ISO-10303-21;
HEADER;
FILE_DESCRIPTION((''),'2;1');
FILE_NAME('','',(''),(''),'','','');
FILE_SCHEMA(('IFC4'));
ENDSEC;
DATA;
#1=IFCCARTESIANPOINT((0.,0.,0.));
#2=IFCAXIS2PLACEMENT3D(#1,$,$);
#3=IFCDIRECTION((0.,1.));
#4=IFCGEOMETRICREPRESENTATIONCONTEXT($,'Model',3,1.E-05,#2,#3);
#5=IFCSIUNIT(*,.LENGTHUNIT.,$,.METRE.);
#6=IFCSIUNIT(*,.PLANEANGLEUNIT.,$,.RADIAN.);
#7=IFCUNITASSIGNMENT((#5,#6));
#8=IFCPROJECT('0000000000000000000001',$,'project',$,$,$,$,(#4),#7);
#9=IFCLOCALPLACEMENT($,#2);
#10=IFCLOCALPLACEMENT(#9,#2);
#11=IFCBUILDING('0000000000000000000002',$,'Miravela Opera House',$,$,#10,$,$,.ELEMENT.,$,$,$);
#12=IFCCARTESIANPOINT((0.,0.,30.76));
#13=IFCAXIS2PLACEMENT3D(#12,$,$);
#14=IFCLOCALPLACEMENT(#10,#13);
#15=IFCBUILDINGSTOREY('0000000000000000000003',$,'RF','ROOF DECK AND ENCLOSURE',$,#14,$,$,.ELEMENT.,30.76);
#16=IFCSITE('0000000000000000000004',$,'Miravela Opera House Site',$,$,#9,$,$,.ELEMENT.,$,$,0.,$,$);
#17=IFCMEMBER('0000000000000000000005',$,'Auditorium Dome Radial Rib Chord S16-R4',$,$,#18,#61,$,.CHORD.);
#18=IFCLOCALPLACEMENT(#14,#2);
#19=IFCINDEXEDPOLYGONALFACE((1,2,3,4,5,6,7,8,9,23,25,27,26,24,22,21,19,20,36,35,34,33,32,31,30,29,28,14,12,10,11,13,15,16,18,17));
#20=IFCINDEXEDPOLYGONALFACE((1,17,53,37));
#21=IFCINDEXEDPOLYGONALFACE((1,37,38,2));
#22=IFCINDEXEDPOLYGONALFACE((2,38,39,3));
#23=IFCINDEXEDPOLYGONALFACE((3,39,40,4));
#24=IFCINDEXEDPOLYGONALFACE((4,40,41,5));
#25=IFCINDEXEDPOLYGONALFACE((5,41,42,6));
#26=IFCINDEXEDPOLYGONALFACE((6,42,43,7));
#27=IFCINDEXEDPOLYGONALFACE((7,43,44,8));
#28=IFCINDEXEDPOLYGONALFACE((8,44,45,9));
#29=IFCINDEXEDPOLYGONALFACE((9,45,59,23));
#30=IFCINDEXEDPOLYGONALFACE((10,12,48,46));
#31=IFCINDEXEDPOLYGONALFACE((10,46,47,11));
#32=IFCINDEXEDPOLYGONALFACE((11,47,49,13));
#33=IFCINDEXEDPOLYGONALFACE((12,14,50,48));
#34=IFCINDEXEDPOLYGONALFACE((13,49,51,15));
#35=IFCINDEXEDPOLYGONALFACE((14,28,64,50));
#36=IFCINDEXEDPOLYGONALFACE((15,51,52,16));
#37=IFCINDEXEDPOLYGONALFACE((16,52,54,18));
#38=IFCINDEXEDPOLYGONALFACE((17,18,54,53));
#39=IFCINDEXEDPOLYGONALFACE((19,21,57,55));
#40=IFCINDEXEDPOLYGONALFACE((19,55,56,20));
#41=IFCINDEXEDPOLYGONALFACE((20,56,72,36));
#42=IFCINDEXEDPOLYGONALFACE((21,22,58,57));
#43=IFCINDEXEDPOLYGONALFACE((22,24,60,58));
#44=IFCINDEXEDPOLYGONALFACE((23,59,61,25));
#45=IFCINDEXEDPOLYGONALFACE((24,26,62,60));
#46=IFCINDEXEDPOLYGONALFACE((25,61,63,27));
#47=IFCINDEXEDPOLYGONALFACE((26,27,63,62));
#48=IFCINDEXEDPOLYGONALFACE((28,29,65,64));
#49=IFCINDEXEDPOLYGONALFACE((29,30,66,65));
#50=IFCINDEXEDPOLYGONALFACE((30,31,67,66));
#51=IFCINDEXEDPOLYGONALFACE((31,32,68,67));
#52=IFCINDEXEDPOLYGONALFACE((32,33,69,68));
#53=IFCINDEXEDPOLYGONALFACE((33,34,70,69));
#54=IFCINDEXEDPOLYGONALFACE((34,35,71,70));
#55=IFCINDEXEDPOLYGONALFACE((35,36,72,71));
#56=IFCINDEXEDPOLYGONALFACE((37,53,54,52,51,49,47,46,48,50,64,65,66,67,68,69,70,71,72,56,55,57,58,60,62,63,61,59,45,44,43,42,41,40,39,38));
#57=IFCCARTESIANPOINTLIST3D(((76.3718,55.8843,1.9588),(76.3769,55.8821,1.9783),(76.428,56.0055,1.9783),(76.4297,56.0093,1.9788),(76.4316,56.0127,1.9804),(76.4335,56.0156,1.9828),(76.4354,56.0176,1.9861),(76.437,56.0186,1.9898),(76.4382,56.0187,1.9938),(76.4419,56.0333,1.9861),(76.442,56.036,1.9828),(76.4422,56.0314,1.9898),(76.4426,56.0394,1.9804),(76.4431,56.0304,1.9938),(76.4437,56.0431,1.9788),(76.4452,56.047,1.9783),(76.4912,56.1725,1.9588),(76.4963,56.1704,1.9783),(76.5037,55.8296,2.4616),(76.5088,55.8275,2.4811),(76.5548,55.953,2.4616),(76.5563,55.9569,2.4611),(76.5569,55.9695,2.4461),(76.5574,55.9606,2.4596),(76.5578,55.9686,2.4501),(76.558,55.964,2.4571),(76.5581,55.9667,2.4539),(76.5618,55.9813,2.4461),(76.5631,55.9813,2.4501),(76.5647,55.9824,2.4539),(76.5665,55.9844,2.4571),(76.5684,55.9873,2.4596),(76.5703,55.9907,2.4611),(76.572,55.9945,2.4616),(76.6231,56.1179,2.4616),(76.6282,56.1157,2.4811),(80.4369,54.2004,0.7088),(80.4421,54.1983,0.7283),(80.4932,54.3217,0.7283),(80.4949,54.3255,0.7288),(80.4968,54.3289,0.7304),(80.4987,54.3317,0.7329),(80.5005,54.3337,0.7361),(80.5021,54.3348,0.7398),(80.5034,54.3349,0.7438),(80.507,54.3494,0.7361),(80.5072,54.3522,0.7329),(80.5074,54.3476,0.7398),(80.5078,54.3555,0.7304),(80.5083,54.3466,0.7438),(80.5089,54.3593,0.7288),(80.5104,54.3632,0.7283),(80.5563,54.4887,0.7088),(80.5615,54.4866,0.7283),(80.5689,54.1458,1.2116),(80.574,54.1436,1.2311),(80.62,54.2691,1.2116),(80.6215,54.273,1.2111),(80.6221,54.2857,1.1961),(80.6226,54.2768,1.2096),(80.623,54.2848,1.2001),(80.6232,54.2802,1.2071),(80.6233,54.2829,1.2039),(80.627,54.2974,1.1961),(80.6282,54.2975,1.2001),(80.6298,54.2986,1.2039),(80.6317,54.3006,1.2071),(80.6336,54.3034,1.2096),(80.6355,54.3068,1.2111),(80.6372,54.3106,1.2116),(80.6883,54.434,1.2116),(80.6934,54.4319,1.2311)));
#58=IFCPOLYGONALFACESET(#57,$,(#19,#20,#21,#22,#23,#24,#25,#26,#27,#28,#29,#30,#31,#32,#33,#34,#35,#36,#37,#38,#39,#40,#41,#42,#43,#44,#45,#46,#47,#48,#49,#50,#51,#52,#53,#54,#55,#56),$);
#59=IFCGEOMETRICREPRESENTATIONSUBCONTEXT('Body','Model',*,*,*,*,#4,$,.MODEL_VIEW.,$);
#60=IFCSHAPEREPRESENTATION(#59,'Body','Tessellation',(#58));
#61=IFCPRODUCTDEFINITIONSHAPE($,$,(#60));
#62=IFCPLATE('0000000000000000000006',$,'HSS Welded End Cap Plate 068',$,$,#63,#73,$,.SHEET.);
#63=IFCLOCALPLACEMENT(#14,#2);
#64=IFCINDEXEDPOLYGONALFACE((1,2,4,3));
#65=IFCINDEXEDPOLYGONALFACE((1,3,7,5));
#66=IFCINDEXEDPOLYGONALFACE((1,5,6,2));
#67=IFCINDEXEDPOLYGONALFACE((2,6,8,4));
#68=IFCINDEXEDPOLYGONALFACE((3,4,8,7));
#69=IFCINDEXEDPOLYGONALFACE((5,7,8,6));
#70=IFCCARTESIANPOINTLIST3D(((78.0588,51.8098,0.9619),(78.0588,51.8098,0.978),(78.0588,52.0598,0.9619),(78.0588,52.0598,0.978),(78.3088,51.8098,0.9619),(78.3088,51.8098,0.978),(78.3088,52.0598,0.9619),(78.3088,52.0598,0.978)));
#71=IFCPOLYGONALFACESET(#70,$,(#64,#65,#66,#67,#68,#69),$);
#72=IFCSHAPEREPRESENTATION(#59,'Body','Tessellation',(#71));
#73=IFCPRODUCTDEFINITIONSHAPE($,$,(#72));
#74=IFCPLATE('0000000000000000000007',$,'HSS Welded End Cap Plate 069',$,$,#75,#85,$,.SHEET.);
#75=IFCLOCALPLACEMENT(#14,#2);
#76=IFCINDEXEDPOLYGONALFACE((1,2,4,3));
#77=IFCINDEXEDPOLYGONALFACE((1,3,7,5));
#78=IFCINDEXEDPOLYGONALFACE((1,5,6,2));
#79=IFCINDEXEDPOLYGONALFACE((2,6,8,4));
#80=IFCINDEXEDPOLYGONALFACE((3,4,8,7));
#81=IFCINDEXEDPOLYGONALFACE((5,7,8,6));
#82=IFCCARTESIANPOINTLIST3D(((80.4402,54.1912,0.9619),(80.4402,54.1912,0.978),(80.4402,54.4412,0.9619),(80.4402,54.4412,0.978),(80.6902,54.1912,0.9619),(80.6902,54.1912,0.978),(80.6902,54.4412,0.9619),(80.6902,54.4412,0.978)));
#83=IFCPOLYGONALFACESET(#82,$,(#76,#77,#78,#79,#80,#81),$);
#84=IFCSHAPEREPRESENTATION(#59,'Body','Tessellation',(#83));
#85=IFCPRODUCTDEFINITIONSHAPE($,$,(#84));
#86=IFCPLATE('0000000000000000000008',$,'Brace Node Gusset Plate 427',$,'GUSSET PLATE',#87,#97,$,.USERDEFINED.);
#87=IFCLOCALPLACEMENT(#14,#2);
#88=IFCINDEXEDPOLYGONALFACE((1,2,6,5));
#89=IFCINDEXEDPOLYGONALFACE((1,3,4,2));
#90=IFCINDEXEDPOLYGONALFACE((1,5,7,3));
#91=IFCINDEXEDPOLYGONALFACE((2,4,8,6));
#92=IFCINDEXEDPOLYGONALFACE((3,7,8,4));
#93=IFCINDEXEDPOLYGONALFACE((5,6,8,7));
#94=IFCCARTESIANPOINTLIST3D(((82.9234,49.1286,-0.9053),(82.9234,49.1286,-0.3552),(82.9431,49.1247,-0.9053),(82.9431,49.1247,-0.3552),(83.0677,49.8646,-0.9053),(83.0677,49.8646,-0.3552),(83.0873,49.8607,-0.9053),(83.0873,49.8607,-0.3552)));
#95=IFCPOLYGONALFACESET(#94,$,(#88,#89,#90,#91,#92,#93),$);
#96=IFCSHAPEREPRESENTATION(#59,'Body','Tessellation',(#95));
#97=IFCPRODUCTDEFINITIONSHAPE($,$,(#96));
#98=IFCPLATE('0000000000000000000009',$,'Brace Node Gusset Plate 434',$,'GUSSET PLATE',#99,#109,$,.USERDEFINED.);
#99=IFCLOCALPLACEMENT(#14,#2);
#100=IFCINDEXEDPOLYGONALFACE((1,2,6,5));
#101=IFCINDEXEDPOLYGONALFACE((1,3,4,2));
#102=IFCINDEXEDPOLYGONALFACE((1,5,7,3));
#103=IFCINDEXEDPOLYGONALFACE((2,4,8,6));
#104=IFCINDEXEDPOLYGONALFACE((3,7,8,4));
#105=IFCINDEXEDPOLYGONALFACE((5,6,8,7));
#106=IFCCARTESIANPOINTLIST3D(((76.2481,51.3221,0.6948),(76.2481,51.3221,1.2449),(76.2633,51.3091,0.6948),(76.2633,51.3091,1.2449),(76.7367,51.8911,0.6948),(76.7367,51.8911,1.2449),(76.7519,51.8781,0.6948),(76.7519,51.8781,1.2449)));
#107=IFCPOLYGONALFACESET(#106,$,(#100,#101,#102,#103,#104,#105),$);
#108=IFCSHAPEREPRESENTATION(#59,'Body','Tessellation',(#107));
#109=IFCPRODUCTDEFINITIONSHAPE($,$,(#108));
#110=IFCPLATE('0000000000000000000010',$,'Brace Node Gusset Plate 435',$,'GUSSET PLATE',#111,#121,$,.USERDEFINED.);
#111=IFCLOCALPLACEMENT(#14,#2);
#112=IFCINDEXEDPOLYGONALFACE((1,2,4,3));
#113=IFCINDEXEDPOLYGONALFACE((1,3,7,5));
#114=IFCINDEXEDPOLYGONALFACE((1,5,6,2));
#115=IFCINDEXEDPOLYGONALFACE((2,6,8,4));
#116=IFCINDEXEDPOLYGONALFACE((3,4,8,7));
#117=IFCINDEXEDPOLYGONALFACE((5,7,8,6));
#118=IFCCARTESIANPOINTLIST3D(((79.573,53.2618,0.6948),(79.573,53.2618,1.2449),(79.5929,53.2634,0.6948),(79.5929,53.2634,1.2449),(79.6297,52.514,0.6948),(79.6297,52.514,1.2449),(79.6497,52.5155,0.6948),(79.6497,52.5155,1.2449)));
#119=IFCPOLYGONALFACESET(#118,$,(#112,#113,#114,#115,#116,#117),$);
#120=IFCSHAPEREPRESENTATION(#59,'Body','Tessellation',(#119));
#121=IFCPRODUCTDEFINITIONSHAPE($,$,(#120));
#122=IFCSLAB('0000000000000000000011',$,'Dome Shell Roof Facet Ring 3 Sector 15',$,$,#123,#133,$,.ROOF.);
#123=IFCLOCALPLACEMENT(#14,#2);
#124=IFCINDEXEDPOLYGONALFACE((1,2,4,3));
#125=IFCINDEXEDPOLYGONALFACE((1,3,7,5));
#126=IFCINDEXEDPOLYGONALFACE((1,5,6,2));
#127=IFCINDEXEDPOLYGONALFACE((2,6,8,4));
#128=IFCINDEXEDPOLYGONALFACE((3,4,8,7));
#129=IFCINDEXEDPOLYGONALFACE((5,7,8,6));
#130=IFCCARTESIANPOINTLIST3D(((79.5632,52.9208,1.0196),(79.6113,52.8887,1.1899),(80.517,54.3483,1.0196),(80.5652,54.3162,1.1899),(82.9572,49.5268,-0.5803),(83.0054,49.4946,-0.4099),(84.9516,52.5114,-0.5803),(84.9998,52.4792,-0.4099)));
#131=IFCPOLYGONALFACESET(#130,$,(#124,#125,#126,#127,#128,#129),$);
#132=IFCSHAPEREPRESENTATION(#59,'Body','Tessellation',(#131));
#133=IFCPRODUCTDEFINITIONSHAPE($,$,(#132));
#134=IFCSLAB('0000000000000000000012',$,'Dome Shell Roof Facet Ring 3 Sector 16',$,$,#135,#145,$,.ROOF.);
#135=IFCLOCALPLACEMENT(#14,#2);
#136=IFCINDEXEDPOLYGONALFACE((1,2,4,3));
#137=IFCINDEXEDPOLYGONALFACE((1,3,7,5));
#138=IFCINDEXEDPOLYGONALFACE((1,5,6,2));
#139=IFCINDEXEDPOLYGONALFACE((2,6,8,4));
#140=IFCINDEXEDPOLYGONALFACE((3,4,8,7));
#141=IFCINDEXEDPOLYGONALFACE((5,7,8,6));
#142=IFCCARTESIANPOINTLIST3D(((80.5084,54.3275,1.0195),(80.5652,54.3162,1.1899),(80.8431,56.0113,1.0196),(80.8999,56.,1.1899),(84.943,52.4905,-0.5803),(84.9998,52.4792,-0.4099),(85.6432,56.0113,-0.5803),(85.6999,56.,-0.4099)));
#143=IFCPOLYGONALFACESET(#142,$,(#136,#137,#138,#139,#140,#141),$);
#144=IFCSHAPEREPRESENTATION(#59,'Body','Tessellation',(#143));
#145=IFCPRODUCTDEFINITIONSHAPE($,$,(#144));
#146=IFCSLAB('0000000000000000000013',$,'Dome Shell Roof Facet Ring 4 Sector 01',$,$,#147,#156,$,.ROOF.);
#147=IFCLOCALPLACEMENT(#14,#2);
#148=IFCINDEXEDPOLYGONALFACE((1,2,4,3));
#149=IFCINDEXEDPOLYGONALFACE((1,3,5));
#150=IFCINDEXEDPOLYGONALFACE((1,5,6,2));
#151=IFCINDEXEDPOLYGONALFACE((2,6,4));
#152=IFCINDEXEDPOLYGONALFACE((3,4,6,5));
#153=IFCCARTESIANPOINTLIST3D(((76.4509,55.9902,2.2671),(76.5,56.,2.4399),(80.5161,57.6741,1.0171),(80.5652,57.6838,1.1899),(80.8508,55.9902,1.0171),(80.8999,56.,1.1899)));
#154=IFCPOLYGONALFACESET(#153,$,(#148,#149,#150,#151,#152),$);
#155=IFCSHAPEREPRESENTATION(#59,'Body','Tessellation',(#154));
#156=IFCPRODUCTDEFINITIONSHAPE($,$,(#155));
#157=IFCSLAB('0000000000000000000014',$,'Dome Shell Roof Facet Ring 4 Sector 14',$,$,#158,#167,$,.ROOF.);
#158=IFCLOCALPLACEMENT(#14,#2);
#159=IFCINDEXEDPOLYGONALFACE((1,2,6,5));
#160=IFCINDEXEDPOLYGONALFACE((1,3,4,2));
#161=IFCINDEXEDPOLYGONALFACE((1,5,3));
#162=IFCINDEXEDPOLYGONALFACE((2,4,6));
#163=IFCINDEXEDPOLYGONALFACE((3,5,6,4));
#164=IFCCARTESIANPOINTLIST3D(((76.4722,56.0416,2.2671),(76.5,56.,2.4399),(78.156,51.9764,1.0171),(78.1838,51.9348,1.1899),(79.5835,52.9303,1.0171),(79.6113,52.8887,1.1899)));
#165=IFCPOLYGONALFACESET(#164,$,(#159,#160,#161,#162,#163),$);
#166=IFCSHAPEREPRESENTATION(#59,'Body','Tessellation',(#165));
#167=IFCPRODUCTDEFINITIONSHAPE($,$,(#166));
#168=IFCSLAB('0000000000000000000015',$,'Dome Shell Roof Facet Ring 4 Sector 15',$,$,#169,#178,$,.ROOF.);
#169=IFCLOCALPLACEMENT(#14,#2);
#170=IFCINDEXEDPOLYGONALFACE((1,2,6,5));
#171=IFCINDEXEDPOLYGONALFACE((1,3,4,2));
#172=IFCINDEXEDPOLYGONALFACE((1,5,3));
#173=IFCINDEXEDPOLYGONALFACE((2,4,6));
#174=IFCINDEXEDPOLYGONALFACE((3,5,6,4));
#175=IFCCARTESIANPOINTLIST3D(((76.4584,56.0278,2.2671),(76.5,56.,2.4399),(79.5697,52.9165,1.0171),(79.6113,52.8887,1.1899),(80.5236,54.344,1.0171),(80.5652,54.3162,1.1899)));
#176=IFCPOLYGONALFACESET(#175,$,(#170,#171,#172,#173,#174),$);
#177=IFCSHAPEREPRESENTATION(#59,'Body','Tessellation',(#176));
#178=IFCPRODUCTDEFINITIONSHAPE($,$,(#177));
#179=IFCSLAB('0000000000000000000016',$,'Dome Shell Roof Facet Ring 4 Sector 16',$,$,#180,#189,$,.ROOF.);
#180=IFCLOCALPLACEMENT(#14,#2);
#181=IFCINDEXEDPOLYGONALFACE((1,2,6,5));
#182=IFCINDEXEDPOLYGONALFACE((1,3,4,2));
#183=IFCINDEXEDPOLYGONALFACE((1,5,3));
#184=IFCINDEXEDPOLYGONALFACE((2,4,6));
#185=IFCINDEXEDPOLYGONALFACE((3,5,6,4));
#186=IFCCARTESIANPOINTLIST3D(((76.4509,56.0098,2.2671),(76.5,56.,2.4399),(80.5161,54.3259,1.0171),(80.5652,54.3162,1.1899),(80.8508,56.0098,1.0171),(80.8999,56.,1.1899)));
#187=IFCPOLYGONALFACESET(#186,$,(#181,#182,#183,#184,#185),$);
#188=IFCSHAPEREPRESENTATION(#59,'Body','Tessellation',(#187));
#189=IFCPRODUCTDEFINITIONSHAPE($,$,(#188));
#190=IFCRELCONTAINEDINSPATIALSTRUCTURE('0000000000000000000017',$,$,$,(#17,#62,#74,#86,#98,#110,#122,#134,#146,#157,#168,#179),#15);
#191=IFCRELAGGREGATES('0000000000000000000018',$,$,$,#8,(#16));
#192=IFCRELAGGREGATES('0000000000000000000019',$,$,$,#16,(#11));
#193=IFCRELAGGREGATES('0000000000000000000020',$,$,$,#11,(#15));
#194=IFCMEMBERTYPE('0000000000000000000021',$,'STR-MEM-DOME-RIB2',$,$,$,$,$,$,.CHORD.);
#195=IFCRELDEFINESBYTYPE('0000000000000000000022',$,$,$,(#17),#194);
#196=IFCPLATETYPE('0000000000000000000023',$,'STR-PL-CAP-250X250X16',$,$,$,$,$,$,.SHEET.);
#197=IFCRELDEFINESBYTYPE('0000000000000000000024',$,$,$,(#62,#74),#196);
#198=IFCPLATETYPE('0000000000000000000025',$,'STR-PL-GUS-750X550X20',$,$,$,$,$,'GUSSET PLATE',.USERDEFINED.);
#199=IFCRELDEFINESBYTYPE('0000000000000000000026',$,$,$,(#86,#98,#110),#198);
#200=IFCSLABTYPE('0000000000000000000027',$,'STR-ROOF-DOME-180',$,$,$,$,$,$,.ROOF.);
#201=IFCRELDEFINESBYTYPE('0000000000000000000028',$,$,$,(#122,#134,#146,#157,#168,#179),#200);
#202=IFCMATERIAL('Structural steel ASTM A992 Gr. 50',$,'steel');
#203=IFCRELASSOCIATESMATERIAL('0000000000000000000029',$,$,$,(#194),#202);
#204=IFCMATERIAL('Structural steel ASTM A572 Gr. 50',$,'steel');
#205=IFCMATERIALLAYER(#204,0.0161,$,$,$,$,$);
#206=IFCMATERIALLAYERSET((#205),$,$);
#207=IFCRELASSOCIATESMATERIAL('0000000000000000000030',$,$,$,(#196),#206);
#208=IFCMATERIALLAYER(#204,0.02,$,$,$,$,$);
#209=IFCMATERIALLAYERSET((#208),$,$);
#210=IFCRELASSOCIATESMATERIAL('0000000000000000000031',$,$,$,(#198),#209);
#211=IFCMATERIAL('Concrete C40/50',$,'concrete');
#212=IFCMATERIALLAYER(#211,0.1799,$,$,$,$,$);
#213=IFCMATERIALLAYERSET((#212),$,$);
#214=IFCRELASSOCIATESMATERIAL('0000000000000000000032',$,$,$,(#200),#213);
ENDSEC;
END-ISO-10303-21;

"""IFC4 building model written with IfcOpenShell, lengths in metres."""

from ifc_helpers import new_model, si_unit, direction, frame, origin, origin_2d, place, context, subcontext, project, spatial, polyline, rectangle, i_section, outline, extrude, material, layer, layer_set, material_profile, profile_set, type_object, element, save


model = new_model("IFC4")

# Units and contexts
model_context = context("Model", 3, precision=1e-05, world=origin(), true_north=direction((0.0, 1.0)))
body_context = subcontext(model_context, "Body", "Model", "MODEL_VIEW")
ifc_project = project(units=[si_unit("LENGTHUNIT", "METRE"), si_unit("PLANEANGLEUNIT", "RADIAN")], contexts=[model_context])

# Site, building, storey
site_placement = place(None, origin())
site = spatial("IfcSite", under=ifc_project, at=site_placement, Name="Miravela Opera House Site", CompositionType="ELEMENT", RefElevation=0.0)
building_placement = place(site_placement, origin())
building = spatial("IfcBuilding", under=site, at=building_placement, Name="Miravela Opera House", CompositionType="ELEMENT")
storey_placement = place(building_placement, frame((0.0, 0.0, 30.76)))
storey = spatial("IfcBuildingStorey", under=building, at=storey_placement, Name="RF", Description="ROOF DECK AND ENCLOSURE", CompositionType="ELEMENT", Elevation=30.76)

# Shared definitions
ifc_material_1 = material(Name="Structural steel ASTM A992 Gr. 50", Category="steel")

# Member
ifc_material_profile_1 = material_profile(ifc_material_1, i_section(OverallWidth=0.312, OverallDepth=0.543, WebThickness=0.0127, FlangeThickness=0.0203, FilletRadius=0.0161, at=origin_2d()), Name="W530X150")
ifc_profile_set_1 = profile_set([ifc_material_profile_1])
member_type_1 = type_object("IfcMemberType", Name="STR-MEM-DOME-RIB2", PredefinedType="CHORD", material=ifc_profile_set_1)
for number, where, z_axis, x_axis, name in (
    (1, (80.5652, 54.3162, 0.97), (-0.888715, 0.368114, 0.27327), (-0.38268, -0.923881, 0.0), "Auditorium Dome Radial Rib Chord S16-R4"),
):
    element("IfcMember", number, at=place(storey_placement, frame(where, z_axis=z_axis, x_axis=x_axis)), inside=storey, type_object=member_type_1, Name=name, PredefinedType="CHORD", context=body_context, shape_type="SweptSolid", body=[
        extrude(i_section(OverallWidth=0.312, OverallDepth=0.543, WebThickness=0.0127, FlangeThickness=0.0203, FilletRadius=0.0161, at=origin_2d()), origin(), (0.0, 0.0, 1.0), 4.5742),
    ])

# Plates
ifc_material_2 = material(Name="Structural steel ASTM A572 Gr. 50", Category="steel")
ifc_layer_1 = layer(ifc_material_2, 0.0161)
ifc_layer_set_1 = layer_set([ifc_layer_1])
plate_type_1 = type_object("IfcPlateType", Name="STR-PL-CAP-250X250X16", PredefinedType="SHEET", material=ifc_layer_set_1)
for number, where, z_axis, x_axis, name in (
    (2, (78.1838, 51.9348, 0.9619), (0.0, 0.0, 1.0), (1.0, 0.0, 0.0), "HSS Welded End Cap Plate 068"),
    (3, (80.5652, 54.3162, 0.9619), (0.0, 0.0, 1.0), (1.0, 0.0, 0.0), "HSS Welded End Cap Plate 069"),
):
    element("IfcPlate", number, at=place(storey_placement, frame(where, z_axis=z_axis, x_axis=x_axis)), inside=storey, type_object=plate_type_1, Name=name, PredefinedType="SHEET", context=body_context, shape_type="SweptSolid", body=[
        extrude(rectangle(XDim=0.25, YDim=0.25, at=origin_2d()), origin(), (0.0, 0.0, 1.0), 0.0161),
    ])
ifc_layer_2 = layer(ifc_material_2, 0.02)
ifc_layer_set_2 = layer_set([ifc_layer_2])
plate_type_2 = type_object("IfcPlateType", Name="STR-PL-GUS-750X550X20", ElementType="GUSSET PLATE", PredefinedType="USERDEFINED", material=ifc_layer_set_2)
for number, where, z_axis, x_axis, name in (
    (4, (83.0054, 49.4946, -0.9053), (0.0, 0.0, 1.0), (0.192351, 0.981326, 0.0), "Brace Node Gusset Plate 427"),
    (5, (76.5, 51.6001, 0.6948), (0.0, 0.0, 1.0), (0.651437, 0.758703, 0.0), "Brace Node Gusset Plate 434"),
    (6, (79.6113, 52.8887, 0.6948), (0.0, 0.0, 1.0), (-0.075675, 0.997133, 0.0), "Brace Node Gusset Plate 435"),
):
    element("IfcPlate", number, at=place(storey_placement, frame(where, z_axis=z_axis, x_axis=x_axis)), inside=storey, type_object=plate_type_2, Name=name, ObjectType="GUSSET PLATE", PredefinedType="USERDEFINED", context=body_context, shape_type="SweptSolid", body=[
        extrude(rectangle(XDim=0.75, YDim=0.02, at=origin_2d()), origin(), (0.0, 0.0, 1.0), 0.55),
    ])

# Slabs
ifc_material_3 = material(Name="Concrete C40/50", Category="concrete")
ifc_layer_3 = layer(ifc_material_3, 0.1799)
ifc_layer_set_3 = layer_set([ifc_layer_3])
slab_type = type_object("IfcSlabType", Name="STR-ROOF-DOME-180", PredefinedType="ROOF", material=ifc_layer_set_3)
slab_1_placement = place(storey_placement, frame((83.0054, 49.4946, -0.4099), z_axis=(0.267533, -0.17877, 0.94682), x_axis=(0.555594, 0.831454, -0.000001)))
element("IfcSlab", 7, at=slab_1_placement, inside=storey, type_object=slab_type, Name="Dome Shell Roof Facet Ring 3 Sector 15", PredefinedType="ROOF", context=body_context, shape_type="SweptSolid", body=[
    extrude(outline(polyline([(0.0, 0.0), (3.5896, 0.0), (2.6531, 4.9721), (0.9363, 4.9721), (0.0, 0.0)])), origin(), (0.0, 0.0, -1.0), 0.1799),
])
slab_2_placement = place(storey_placement, frame((84.9998, 52.4792, -0.4099), z_axis=(0.315582, -0.062752, 0.946821), x_axis=(0.195054, 0.980793, -0.000009)))
element("IfcSlab", 8, at=slab_2_placement, inside=storey, type_object=slab_type, Name="Dome Shell Roof Facet Ring 3 Sector 16", PredefinedType="ROOF", context=body_context, shape_type="SweptSolid", body=[
    extrude(outline(polyline([(0.0, 0.0), (3.5897, 0.0), (2.6534, 4.9723), (0.9366, 4.9721), (0.0, 0.0)])), origin(), (0.0, 0.0, -1.0), 0.1799),
])
slab_3_placement = place(storey_placement, frame((80.8999, 56.0, 1.1899), z_axis=(0.27288, 0.054244, 0.960518), x_axis=(-0.194967, 0.98081, 0.0)))
element("IfcSlab", 9, at=slab_3_placement, inside=storey, type_object=slab_type, Name="Dome Shell Roof Facet Ring 4 Sector 01", PredefinedType="ROOF", context=body_context, shape_type="SweptSolid", body=[
    extrude(outline(polyline([(0.0, 0.0), (1.7168, 0.0), (0.8578, 4.4929), (0.0, 0.0)])), origin(), (0.0, 0.0, -1.0), 0.1799),
])
slab_4_placement = place(storey_placement, frame((78.1838, 51.9348, 1.1899), z_axis=(0.154572, -0.231324, 0.960519), x_axis=(0.831459, 0.555586, 0.0)))
element("IfcSlab", 10, at=slab_4_placement, inside=storey, type_object=slab_type, Name="Dome Shell Roof Facet Ring 4 Sector 14", PredefinedType="ROOF", context=body_context, shape_type="SweptSolid", body=[
    extrude(outline(polyline([(0.0, 0.0), (1.7168, 0.0), (0.8585, 4.4929), (0.0, 0.0)])), origin(), (0.0, 0.0, -1.0), 0.1799),
])
slab_5_placement = place(storey_placement, frame((79.6113, 52.8887, 1.1899), z_axis=(0.231324, -0.154572, 0.960519), x_axis=(0.555586, 0.831459, 0.0)))
element("IfcSlab", 11, at=slab_5_placement, inside=storey, type_object=slab_type, Name="Dome Shell Roof Facet Ring 4 Sector 15", PredefinedType="ROOF", context=body_context, shape_type="SweptSolid", body=[
    extrude(outline(polyline([(0.0, 0.0), (1.7168, 0.0), (0.8583, 4.4929), (0.0, 0.0)])), origin(), (0.0, 0.0, -1.0), 0.1799),
])
slab_6_placement = place(storey_placement, frame((80.5652, 54.3162, 1.1899), z_axis=(0.27288, -0.054244, 0.960518), x_axis=(0.194967, 0.98081, 0.0)))
element("IfcSlab", 12, at=slab_6_placement, inside=storey, type_object=slab_type, Name="Dome Shell Roof Facet Ring 4 Sector 16", PredefinedType="ROOF", context=body_context, shape_type="SweptSolid", body=[
    extrude(outline(polyline([(0.0, 0.0), (1.7168, 0.0), (0.8589, 4.4929), (0.0, 0.0)])), origin(), (0.0, 0.0, -1.0), 0.1799),
])

save(model, "model.ifc")
